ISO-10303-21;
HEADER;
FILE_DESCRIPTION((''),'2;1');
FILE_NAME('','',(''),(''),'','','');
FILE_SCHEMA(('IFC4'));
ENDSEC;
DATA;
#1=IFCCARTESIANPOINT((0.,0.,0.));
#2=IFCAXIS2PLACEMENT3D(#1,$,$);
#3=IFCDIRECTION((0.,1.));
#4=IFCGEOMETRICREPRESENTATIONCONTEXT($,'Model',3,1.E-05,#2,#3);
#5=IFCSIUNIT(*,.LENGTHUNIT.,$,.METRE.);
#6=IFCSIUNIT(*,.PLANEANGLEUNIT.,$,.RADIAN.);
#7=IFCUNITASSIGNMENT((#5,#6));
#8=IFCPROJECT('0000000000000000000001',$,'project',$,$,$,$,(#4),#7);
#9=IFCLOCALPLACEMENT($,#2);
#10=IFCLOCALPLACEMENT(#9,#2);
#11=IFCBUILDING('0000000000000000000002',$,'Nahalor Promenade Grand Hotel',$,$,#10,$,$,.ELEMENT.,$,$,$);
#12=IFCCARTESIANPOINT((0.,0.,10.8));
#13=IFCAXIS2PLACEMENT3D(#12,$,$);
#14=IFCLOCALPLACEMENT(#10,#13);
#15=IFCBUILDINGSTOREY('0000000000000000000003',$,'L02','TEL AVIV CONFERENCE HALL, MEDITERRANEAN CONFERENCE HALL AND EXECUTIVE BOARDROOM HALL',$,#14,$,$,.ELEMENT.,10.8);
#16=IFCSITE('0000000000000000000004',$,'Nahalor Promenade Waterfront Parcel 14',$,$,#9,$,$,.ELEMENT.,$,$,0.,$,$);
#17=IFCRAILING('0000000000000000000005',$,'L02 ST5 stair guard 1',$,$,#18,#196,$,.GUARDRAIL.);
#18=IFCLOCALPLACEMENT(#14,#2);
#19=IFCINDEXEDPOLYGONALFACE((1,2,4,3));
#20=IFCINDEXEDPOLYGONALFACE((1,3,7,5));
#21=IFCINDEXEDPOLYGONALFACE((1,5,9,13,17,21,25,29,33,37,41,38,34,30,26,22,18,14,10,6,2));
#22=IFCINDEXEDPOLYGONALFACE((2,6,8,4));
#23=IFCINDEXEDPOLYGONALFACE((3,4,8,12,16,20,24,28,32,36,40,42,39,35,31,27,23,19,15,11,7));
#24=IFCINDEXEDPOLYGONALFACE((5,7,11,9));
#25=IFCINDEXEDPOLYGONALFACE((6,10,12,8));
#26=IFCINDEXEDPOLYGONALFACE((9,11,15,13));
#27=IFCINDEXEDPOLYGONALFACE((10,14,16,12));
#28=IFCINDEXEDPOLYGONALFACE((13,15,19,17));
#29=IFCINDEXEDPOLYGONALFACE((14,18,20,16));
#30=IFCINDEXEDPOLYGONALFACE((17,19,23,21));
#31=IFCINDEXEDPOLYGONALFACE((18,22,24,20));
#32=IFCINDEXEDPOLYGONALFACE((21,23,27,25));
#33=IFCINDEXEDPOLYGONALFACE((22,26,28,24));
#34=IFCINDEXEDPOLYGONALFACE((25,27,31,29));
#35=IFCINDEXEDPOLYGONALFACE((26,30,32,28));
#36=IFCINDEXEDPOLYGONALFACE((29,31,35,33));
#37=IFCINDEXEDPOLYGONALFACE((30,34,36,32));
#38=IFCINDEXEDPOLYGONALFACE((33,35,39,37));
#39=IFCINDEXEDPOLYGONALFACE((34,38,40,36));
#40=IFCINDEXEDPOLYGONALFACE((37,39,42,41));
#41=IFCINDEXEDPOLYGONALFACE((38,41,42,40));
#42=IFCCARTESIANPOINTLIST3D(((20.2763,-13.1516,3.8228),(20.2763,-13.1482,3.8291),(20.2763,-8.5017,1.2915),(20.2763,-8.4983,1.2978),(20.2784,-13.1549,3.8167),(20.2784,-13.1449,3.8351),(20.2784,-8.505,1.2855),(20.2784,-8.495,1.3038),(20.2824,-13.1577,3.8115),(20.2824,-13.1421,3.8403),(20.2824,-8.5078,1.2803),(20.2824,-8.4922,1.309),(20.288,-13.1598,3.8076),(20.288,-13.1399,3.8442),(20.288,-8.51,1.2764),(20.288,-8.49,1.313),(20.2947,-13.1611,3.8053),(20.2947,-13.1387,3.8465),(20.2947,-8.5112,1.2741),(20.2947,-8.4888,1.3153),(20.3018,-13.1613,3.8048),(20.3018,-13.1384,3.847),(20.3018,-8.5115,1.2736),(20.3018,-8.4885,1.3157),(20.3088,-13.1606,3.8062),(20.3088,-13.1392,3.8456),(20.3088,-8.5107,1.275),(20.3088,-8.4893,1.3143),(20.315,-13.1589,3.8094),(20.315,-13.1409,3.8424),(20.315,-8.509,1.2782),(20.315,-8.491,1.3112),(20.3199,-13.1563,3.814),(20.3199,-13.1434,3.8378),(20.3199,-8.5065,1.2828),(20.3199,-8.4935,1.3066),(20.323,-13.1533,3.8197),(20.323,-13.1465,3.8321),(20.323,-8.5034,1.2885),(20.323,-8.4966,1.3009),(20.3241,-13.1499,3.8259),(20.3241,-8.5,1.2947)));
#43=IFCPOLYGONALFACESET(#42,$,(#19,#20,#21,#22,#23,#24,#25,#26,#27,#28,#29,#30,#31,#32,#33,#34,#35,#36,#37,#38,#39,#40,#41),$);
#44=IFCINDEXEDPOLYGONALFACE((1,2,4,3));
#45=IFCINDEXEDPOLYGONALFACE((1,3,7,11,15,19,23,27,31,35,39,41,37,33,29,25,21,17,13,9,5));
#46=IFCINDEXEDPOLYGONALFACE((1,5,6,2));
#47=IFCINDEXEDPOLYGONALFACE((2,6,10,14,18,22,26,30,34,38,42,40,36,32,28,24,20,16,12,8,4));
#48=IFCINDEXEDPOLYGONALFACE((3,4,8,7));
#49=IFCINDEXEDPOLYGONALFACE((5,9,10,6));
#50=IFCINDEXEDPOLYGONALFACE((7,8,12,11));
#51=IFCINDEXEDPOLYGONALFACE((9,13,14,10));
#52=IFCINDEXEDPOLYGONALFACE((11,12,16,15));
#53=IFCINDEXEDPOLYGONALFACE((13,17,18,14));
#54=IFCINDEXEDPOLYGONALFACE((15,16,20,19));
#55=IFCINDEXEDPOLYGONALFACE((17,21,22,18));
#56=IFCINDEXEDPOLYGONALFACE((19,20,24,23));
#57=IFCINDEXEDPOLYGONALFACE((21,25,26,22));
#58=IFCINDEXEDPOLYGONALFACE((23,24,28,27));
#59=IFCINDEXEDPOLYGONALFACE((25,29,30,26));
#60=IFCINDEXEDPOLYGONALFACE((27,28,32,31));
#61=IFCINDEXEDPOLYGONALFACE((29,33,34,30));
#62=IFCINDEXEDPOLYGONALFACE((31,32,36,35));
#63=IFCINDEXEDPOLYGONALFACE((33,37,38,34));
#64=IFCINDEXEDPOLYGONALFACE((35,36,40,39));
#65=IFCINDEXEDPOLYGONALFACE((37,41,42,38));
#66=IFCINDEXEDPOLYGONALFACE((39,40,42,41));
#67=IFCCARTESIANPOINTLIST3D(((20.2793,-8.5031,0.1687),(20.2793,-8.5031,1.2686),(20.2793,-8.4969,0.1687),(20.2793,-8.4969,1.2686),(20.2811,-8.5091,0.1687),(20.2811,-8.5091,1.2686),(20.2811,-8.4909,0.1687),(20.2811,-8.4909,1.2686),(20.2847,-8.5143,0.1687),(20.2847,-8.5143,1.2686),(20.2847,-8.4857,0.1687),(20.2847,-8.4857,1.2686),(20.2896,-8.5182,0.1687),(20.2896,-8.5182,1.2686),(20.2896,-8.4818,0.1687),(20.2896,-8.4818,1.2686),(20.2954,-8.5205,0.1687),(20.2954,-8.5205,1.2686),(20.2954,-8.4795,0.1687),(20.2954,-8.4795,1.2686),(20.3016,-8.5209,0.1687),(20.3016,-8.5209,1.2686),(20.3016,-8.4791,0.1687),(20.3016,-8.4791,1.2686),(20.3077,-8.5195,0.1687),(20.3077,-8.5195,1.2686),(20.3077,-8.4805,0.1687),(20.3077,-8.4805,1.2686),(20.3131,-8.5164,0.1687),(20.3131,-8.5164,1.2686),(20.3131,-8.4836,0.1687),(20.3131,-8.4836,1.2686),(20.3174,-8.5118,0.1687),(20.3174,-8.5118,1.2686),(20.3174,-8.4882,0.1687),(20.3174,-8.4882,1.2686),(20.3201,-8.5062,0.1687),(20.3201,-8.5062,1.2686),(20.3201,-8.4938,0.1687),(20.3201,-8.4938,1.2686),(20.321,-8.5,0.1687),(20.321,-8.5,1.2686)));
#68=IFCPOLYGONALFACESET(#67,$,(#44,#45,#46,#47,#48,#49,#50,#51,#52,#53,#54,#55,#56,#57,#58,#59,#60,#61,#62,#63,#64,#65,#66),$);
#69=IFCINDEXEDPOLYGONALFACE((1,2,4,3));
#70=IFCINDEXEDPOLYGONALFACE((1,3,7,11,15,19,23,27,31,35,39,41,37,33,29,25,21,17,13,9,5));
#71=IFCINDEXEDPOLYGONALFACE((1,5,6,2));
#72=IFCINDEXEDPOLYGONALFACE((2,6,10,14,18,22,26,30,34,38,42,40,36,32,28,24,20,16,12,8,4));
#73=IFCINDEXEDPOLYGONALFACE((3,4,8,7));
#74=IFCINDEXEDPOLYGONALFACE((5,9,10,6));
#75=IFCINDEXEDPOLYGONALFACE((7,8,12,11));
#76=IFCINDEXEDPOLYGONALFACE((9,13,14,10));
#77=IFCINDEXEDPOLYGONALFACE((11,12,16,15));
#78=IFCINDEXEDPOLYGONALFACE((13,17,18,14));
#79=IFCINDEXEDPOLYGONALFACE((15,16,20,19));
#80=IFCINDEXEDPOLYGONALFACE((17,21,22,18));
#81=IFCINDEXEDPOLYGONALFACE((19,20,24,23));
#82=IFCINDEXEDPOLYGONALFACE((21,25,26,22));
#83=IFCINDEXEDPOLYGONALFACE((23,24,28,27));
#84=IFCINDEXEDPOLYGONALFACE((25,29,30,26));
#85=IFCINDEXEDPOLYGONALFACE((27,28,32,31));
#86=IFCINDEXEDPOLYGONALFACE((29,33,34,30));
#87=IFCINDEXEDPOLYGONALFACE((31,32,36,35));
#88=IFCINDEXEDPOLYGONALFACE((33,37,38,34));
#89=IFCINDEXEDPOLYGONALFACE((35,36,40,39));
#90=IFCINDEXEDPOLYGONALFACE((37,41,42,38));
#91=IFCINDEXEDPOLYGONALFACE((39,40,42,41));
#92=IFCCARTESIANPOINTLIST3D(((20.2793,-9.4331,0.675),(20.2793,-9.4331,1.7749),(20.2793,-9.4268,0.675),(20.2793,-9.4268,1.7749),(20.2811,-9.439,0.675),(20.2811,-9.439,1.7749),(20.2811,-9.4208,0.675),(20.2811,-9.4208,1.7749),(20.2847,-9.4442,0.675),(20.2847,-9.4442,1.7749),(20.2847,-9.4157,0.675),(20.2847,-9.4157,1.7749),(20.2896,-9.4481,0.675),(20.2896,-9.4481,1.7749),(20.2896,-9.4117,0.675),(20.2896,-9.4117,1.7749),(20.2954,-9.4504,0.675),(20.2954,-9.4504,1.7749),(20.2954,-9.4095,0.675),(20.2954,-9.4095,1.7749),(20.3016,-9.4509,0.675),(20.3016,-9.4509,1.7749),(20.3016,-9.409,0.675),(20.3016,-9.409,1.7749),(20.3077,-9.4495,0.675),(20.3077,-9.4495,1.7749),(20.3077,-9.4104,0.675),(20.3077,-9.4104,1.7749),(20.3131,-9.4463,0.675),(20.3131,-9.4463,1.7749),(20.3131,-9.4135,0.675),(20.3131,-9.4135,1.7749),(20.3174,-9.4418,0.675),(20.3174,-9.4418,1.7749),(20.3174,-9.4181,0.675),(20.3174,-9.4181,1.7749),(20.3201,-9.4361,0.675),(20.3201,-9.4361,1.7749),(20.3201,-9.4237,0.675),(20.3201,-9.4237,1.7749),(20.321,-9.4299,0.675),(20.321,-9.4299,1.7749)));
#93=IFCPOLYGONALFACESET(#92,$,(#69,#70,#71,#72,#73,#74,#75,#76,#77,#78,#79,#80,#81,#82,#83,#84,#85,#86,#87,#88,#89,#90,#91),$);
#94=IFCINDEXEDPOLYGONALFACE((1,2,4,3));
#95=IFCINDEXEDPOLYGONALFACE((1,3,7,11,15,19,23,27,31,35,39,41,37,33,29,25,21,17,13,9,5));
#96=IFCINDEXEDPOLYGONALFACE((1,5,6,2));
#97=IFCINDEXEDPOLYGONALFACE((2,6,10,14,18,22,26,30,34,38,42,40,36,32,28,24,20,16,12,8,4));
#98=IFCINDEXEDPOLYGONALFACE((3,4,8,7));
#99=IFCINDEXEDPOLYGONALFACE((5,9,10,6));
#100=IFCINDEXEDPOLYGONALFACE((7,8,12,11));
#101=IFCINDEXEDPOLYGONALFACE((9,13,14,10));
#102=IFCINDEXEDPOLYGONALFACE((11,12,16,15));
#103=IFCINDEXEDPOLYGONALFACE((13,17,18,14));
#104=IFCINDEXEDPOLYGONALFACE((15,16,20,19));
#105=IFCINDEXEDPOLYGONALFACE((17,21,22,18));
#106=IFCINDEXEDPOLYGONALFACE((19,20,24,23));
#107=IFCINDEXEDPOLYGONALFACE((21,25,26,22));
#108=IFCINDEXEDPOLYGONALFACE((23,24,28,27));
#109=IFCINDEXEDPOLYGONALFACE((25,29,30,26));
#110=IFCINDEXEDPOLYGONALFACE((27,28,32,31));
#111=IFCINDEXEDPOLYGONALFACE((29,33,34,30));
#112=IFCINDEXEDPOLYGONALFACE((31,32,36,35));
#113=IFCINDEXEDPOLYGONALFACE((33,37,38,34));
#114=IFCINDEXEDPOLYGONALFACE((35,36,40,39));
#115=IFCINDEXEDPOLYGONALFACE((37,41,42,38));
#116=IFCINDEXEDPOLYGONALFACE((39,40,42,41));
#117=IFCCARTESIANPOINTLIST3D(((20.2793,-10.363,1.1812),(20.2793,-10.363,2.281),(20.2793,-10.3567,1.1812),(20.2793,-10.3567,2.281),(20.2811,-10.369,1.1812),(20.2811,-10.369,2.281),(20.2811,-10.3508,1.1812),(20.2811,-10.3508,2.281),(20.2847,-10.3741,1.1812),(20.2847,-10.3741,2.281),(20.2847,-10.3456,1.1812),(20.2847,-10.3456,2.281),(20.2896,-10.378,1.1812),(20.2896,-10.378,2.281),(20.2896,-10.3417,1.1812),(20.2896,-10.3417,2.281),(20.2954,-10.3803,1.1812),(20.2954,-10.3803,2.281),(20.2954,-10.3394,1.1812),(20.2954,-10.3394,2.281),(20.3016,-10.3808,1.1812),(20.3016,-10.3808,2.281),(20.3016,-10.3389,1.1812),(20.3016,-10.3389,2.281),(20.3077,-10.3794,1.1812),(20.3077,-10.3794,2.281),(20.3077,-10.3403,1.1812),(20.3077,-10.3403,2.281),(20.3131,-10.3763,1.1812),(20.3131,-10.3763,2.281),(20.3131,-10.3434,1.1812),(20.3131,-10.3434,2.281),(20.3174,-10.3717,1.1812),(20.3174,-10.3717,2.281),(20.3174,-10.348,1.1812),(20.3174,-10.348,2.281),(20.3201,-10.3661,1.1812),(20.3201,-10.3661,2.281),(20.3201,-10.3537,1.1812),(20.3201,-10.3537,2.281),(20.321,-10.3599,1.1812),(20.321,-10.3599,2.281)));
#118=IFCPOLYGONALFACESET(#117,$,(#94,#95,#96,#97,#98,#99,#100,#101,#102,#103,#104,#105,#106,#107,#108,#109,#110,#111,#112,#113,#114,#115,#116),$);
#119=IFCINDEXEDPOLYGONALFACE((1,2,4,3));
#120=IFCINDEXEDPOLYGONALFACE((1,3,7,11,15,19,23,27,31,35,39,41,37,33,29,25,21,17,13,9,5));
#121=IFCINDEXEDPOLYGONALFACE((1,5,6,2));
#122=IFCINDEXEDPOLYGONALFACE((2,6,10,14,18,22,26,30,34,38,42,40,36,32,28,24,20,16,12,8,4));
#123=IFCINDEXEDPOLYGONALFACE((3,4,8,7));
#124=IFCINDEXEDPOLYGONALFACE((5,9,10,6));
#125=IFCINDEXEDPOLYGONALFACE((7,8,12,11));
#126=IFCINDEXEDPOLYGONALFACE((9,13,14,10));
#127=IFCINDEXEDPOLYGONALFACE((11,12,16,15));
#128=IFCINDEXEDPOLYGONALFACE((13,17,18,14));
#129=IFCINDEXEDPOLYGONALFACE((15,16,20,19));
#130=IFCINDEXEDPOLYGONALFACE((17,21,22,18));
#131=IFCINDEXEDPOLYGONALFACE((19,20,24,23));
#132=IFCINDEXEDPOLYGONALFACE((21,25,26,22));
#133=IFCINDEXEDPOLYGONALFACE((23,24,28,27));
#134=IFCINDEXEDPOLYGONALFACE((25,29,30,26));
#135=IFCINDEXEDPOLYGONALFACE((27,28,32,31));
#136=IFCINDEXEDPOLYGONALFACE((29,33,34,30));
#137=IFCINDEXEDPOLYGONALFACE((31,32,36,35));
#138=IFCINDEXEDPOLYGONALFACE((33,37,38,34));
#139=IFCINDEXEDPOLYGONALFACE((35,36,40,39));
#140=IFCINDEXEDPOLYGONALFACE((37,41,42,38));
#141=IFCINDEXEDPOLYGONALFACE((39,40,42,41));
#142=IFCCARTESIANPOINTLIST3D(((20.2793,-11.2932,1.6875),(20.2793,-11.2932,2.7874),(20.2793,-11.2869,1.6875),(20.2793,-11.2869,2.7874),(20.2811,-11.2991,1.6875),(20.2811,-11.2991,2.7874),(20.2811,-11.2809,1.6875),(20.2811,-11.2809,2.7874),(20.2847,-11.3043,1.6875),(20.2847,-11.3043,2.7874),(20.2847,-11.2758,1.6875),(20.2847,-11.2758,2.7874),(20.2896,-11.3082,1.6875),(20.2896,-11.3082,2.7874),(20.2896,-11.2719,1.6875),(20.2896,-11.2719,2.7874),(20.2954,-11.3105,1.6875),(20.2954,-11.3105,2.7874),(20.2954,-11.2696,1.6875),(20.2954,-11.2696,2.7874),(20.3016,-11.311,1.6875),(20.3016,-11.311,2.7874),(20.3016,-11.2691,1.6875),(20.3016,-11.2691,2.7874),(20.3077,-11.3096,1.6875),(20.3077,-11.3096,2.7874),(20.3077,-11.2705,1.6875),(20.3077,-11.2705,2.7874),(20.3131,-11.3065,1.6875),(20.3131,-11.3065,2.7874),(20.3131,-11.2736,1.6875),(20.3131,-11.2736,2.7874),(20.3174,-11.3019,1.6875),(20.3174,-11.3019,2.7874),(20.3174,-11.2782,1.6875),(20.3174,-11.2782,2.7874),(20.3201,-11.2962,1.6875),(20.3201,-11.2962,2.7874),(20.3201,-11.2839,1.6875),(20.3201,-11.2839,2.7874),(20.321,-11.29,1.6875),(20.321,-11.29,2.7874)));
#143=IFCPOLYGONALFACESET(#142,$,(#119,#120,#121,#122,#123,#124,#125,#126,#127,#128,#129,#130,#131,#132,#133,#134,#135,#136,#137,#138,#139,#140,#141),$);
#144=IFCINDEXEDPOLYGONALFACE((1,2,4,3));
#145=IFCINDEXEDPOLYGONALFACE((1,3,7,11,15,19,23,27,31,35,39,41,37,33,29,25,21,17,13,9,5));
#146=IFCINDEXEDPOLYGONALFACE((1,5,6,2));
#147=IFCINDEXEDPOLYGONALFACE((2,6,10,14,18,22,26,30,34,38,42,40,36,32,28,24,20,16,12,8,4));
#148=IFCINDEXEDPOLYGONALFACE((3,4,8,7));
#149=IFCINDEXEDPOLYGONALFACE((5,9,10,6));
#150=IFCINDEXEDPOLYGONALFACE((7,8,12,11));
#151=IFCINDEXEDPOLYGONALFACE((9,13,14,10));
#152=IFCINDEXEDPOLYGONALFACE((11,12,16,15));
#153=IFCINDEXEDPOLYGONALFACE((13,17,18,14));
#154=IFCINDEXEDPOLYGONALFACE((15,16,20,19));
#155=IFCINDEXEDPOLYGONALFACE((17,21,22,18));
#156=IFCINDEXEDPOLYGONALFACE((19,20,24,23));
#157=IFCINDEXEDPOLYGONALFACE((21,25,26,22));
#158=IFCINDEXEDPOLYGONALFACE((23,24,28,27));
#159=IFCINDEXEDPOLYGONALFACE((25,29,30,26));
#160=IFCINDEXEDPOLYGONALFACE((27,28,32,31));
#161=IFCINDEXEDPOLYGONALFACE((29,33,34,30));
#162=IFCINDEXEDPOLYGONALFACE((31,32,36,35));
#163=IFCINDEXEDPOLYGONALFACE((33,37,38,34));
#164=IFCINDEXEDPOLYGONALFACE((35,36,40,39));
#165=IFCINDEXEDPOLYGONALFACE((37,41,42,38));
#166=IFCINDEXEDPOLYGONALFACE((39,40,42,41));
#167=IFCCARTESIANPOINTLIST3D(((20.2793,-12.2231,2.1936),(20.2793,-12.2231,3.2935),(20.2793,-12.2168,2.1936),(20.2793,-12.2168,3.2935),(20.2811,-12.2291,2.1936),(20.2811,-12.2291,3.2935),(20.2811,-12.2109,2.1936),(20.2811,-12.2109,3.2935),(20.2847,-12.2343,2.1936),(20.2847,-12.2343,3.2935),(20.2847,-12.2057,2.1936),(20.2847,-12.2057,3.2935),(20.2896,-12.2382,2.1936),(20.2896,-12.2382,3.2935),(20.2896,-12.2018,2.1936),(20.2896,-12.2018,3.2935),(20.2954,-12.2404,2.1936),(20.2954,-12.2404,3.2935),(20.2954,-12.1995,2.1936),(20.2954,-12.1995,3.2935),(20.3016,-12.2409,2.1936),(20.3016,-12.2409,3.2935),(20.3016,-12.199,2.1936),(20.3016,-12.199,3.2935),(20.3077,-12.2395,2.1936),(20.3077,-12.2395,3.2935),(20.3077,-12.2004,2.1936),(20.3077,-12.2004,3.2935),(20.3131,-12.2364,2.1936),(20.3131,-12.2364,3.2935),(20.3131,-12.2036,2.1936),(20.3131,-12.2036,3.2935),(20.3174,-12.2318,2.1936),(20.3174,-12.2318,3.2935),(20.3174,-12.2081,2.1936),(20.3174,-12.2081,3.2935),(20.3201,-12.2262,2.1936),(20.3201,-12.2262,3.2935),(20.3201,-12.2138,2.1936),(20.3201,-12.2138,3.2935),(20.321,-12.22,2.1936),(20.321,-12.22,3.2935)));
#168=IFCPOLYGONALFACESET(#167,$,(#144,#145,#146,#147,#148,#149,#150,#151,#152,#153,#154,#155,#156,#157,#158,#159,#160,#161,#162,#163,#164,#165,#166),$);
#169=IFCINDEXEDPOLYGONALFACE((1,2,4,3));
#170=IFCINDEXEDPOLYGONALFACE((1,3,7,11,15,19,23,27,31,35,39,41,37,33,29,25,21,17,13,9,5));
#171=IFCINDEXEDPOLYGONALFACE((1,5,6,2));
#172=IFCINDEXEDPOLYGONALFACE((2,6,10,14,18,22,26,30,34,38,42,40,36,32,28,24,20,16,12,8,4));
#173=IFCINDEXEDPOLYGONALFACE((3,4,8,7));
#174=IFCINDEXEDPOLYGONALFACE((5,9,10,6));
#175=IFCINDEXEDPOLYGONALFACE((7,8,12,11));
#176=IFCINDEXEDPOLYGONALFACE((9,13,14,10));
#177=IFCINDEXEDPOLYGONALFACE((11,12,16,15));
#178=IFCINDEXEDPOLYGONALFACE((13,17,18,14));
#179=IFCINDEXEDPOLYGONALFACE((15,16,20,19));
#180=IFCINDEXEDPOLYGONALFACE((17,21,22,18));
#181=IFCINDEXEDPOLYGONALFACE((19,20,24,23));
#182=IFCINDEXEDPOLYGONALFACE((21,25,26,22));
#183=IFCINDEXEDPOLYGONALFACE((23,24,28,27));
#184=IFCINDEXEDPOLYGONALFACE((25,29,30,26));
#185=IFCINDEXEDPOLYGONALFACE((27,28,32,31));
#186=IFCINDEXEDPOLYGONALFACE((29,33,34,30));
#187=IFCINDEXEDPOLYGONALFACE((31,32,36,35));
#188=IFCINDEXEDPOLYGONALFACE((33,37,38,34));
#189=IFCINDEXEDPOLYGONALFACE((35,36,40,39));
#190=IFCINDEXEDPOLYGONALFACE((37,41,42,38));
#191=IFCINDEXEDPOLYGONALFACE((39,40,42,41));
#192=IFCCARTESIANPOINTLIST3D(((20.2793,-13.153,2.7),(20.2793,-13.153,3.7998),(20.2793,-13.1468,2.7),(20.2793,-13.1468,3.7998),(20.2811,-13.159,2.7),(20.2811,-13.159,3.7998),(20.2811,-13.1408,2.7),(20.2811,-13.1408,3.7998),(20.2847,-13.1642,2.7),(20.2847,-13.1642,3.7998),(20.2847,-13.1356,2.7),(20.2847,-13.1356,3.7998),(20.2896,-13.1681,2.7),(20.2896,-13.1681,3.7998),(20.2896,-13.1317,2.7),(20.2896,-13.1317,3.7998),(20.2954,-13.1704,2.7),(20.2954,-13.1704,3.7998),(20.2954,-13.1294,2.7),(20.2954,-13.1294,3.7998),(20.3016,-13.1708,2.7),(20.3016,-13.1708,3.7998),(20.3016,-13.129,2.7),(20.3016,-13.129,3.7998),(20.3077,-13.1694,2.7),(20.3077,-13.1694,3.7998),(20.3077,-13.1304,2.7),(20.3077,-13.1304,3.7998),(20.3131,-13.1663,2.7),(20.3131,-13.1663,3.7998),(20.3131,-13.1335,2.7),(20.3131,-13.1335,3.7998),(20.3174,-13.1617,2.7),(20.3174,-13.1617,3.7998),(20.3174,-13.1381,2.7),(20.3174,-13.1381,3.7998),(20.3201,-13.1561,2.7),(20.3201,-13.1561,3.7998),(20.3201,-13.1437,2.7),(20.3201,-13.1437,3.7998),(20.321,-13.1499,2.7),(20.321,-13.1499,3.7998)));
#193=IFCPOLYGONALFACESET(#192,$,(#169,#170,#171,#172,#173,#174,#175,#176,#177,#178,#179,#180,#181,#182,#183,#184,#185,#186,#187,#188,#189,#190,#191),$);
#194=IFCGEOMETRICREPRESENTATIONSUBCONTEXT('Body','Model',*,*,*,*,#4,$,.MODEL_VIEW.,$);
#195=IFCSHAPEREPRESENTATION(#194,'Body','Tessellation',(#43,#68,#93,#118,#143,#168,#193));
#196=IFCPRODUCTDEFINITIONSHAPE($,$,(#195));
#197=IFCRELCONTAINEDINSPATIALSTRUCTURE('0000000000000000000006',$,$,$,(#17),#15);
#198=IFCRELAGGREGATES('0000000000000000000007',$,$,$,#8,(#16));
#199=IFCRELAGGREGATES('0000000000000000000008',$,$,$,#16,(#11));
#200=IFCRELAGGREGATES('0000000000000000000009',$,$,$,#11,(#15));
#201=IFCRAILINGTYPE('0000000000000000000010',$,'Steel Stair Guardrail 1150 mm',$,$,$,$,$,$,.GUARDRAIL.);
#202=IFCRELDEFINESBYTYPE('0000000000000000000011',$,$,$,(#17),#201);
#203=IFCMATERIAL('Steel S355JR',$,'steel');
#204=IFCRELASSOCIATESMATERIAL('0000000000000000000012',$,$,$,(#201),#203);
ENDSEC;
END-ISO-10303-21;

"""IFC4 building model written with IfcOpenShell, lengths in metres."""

from ifc_helpers import new_model, si_unit, direction, frame, origin, origin_2d, place, context, subcontext, project, spatial, circle, extrude, material, type_object, element, save


model = new_model("IFC4")

# Units and contexts
model_context = context("Model", 3, precision=1e-05, world=origin(), true_north=direction((0.0, 1.0)))
body_context = subcontext(model_context, "Body", "Model", "MODEL_VIEW")
ifc_project = project(units=[si_unit("LENGTHUNIT", "METRE"), si_unit("PLANEANGLEUNIT", "RADIAN")], contexts=[model_context])

# Site, building, storey
site_placement = place(None, origin())
site = spatial("IfcSite", under=ifc_project, at=site_placement, Name="Nahalor Promenade Waterfront Parcel 14", CompositionType="ELEMENT", RefElevation=0.0)
building_placement = place(site_placement, origin())
building = spatial("IfcBuilding", under=site, at=building_placement, Name="Nahalor Promenade Grand Hotel", CompositionType="ELEMENT")
storey_placement = place(building_placement, frame((0.0, 0.0, 10.8)))
storey = spatial("IfcBuildingStorey", under=building, at=storey_placement, Name="L02", Description="TEL AVIV CONFERENCE HALL, MEDITERRANEAN CONFERENCE HALL AND EXECUTIVE BOARDROOM HALL", CompositionType="ELEMENT", Elevation=10.8)

# Shared definitions
ifc_material_1 = material(Name="Steel S355JR", Category="steel")

# Railing
railing_type_1 = type_object("IfcRailingType", Name="Steel Stair Guardrail 1150 mm", PredefinedType="GUARDRAIL", material=ifc_material_1)
railing_1_placement = place(storey_placement, frame((20.3, -8.5, 0.1687)))
element("IfcRailing", 1, at=railing_1_placement, inside=storey, type_object=railing_type_1, Name="L02 ST5 stair guard 1", PredefinedType="GUARDRAIL", context=body_context, shape_type="SweptSolid", body=[
    extrude(circle(Radius=0.024, at=origin_2d()), frame((0.0, 0.0, 1.126), z_axis=(0.0, -0.878297, 0.478115), x_axis=(1.0, 0.0, 0.0)), (0.0, 0.0, 1.0), 5.2942),
    extrude(circle(Radius=0.021, at=origin_2d()), origin(), (0.0, 0.0, 1.0), 1.0999),
    extrude(circle(Radius=0.021, at=origin_2d()), frame((0.0, -0.9299, 0.5063)), (0.0, 0.0, 1.0), 1.0999),
    extrude(circle(Radius=0.021, at=origin_2d()), frame((0.0, -1.8599, 1.0125)), (0.0, 0.0, 1.0), 1.0999),
    extrude(circle(Radius=0.021, at=origin_2d()), frame((0.0, -2.79, 1.5188)), (0.0, 0.0, 1.0), 1.0999),
    extrude(circle(Radius=0.021, at=origin_2d()), frame((0.0, -3.72, 2.0249)), (0.0, 0.0, 1.0), 1.0999),
    extrude(circle(Radius=0.021, at=origin_2d()), frame((0.0, -4.6499, 2.5312)), (0.0, 0.0, 1.0), 1.0999),
])

save(model, "model.ifc")
